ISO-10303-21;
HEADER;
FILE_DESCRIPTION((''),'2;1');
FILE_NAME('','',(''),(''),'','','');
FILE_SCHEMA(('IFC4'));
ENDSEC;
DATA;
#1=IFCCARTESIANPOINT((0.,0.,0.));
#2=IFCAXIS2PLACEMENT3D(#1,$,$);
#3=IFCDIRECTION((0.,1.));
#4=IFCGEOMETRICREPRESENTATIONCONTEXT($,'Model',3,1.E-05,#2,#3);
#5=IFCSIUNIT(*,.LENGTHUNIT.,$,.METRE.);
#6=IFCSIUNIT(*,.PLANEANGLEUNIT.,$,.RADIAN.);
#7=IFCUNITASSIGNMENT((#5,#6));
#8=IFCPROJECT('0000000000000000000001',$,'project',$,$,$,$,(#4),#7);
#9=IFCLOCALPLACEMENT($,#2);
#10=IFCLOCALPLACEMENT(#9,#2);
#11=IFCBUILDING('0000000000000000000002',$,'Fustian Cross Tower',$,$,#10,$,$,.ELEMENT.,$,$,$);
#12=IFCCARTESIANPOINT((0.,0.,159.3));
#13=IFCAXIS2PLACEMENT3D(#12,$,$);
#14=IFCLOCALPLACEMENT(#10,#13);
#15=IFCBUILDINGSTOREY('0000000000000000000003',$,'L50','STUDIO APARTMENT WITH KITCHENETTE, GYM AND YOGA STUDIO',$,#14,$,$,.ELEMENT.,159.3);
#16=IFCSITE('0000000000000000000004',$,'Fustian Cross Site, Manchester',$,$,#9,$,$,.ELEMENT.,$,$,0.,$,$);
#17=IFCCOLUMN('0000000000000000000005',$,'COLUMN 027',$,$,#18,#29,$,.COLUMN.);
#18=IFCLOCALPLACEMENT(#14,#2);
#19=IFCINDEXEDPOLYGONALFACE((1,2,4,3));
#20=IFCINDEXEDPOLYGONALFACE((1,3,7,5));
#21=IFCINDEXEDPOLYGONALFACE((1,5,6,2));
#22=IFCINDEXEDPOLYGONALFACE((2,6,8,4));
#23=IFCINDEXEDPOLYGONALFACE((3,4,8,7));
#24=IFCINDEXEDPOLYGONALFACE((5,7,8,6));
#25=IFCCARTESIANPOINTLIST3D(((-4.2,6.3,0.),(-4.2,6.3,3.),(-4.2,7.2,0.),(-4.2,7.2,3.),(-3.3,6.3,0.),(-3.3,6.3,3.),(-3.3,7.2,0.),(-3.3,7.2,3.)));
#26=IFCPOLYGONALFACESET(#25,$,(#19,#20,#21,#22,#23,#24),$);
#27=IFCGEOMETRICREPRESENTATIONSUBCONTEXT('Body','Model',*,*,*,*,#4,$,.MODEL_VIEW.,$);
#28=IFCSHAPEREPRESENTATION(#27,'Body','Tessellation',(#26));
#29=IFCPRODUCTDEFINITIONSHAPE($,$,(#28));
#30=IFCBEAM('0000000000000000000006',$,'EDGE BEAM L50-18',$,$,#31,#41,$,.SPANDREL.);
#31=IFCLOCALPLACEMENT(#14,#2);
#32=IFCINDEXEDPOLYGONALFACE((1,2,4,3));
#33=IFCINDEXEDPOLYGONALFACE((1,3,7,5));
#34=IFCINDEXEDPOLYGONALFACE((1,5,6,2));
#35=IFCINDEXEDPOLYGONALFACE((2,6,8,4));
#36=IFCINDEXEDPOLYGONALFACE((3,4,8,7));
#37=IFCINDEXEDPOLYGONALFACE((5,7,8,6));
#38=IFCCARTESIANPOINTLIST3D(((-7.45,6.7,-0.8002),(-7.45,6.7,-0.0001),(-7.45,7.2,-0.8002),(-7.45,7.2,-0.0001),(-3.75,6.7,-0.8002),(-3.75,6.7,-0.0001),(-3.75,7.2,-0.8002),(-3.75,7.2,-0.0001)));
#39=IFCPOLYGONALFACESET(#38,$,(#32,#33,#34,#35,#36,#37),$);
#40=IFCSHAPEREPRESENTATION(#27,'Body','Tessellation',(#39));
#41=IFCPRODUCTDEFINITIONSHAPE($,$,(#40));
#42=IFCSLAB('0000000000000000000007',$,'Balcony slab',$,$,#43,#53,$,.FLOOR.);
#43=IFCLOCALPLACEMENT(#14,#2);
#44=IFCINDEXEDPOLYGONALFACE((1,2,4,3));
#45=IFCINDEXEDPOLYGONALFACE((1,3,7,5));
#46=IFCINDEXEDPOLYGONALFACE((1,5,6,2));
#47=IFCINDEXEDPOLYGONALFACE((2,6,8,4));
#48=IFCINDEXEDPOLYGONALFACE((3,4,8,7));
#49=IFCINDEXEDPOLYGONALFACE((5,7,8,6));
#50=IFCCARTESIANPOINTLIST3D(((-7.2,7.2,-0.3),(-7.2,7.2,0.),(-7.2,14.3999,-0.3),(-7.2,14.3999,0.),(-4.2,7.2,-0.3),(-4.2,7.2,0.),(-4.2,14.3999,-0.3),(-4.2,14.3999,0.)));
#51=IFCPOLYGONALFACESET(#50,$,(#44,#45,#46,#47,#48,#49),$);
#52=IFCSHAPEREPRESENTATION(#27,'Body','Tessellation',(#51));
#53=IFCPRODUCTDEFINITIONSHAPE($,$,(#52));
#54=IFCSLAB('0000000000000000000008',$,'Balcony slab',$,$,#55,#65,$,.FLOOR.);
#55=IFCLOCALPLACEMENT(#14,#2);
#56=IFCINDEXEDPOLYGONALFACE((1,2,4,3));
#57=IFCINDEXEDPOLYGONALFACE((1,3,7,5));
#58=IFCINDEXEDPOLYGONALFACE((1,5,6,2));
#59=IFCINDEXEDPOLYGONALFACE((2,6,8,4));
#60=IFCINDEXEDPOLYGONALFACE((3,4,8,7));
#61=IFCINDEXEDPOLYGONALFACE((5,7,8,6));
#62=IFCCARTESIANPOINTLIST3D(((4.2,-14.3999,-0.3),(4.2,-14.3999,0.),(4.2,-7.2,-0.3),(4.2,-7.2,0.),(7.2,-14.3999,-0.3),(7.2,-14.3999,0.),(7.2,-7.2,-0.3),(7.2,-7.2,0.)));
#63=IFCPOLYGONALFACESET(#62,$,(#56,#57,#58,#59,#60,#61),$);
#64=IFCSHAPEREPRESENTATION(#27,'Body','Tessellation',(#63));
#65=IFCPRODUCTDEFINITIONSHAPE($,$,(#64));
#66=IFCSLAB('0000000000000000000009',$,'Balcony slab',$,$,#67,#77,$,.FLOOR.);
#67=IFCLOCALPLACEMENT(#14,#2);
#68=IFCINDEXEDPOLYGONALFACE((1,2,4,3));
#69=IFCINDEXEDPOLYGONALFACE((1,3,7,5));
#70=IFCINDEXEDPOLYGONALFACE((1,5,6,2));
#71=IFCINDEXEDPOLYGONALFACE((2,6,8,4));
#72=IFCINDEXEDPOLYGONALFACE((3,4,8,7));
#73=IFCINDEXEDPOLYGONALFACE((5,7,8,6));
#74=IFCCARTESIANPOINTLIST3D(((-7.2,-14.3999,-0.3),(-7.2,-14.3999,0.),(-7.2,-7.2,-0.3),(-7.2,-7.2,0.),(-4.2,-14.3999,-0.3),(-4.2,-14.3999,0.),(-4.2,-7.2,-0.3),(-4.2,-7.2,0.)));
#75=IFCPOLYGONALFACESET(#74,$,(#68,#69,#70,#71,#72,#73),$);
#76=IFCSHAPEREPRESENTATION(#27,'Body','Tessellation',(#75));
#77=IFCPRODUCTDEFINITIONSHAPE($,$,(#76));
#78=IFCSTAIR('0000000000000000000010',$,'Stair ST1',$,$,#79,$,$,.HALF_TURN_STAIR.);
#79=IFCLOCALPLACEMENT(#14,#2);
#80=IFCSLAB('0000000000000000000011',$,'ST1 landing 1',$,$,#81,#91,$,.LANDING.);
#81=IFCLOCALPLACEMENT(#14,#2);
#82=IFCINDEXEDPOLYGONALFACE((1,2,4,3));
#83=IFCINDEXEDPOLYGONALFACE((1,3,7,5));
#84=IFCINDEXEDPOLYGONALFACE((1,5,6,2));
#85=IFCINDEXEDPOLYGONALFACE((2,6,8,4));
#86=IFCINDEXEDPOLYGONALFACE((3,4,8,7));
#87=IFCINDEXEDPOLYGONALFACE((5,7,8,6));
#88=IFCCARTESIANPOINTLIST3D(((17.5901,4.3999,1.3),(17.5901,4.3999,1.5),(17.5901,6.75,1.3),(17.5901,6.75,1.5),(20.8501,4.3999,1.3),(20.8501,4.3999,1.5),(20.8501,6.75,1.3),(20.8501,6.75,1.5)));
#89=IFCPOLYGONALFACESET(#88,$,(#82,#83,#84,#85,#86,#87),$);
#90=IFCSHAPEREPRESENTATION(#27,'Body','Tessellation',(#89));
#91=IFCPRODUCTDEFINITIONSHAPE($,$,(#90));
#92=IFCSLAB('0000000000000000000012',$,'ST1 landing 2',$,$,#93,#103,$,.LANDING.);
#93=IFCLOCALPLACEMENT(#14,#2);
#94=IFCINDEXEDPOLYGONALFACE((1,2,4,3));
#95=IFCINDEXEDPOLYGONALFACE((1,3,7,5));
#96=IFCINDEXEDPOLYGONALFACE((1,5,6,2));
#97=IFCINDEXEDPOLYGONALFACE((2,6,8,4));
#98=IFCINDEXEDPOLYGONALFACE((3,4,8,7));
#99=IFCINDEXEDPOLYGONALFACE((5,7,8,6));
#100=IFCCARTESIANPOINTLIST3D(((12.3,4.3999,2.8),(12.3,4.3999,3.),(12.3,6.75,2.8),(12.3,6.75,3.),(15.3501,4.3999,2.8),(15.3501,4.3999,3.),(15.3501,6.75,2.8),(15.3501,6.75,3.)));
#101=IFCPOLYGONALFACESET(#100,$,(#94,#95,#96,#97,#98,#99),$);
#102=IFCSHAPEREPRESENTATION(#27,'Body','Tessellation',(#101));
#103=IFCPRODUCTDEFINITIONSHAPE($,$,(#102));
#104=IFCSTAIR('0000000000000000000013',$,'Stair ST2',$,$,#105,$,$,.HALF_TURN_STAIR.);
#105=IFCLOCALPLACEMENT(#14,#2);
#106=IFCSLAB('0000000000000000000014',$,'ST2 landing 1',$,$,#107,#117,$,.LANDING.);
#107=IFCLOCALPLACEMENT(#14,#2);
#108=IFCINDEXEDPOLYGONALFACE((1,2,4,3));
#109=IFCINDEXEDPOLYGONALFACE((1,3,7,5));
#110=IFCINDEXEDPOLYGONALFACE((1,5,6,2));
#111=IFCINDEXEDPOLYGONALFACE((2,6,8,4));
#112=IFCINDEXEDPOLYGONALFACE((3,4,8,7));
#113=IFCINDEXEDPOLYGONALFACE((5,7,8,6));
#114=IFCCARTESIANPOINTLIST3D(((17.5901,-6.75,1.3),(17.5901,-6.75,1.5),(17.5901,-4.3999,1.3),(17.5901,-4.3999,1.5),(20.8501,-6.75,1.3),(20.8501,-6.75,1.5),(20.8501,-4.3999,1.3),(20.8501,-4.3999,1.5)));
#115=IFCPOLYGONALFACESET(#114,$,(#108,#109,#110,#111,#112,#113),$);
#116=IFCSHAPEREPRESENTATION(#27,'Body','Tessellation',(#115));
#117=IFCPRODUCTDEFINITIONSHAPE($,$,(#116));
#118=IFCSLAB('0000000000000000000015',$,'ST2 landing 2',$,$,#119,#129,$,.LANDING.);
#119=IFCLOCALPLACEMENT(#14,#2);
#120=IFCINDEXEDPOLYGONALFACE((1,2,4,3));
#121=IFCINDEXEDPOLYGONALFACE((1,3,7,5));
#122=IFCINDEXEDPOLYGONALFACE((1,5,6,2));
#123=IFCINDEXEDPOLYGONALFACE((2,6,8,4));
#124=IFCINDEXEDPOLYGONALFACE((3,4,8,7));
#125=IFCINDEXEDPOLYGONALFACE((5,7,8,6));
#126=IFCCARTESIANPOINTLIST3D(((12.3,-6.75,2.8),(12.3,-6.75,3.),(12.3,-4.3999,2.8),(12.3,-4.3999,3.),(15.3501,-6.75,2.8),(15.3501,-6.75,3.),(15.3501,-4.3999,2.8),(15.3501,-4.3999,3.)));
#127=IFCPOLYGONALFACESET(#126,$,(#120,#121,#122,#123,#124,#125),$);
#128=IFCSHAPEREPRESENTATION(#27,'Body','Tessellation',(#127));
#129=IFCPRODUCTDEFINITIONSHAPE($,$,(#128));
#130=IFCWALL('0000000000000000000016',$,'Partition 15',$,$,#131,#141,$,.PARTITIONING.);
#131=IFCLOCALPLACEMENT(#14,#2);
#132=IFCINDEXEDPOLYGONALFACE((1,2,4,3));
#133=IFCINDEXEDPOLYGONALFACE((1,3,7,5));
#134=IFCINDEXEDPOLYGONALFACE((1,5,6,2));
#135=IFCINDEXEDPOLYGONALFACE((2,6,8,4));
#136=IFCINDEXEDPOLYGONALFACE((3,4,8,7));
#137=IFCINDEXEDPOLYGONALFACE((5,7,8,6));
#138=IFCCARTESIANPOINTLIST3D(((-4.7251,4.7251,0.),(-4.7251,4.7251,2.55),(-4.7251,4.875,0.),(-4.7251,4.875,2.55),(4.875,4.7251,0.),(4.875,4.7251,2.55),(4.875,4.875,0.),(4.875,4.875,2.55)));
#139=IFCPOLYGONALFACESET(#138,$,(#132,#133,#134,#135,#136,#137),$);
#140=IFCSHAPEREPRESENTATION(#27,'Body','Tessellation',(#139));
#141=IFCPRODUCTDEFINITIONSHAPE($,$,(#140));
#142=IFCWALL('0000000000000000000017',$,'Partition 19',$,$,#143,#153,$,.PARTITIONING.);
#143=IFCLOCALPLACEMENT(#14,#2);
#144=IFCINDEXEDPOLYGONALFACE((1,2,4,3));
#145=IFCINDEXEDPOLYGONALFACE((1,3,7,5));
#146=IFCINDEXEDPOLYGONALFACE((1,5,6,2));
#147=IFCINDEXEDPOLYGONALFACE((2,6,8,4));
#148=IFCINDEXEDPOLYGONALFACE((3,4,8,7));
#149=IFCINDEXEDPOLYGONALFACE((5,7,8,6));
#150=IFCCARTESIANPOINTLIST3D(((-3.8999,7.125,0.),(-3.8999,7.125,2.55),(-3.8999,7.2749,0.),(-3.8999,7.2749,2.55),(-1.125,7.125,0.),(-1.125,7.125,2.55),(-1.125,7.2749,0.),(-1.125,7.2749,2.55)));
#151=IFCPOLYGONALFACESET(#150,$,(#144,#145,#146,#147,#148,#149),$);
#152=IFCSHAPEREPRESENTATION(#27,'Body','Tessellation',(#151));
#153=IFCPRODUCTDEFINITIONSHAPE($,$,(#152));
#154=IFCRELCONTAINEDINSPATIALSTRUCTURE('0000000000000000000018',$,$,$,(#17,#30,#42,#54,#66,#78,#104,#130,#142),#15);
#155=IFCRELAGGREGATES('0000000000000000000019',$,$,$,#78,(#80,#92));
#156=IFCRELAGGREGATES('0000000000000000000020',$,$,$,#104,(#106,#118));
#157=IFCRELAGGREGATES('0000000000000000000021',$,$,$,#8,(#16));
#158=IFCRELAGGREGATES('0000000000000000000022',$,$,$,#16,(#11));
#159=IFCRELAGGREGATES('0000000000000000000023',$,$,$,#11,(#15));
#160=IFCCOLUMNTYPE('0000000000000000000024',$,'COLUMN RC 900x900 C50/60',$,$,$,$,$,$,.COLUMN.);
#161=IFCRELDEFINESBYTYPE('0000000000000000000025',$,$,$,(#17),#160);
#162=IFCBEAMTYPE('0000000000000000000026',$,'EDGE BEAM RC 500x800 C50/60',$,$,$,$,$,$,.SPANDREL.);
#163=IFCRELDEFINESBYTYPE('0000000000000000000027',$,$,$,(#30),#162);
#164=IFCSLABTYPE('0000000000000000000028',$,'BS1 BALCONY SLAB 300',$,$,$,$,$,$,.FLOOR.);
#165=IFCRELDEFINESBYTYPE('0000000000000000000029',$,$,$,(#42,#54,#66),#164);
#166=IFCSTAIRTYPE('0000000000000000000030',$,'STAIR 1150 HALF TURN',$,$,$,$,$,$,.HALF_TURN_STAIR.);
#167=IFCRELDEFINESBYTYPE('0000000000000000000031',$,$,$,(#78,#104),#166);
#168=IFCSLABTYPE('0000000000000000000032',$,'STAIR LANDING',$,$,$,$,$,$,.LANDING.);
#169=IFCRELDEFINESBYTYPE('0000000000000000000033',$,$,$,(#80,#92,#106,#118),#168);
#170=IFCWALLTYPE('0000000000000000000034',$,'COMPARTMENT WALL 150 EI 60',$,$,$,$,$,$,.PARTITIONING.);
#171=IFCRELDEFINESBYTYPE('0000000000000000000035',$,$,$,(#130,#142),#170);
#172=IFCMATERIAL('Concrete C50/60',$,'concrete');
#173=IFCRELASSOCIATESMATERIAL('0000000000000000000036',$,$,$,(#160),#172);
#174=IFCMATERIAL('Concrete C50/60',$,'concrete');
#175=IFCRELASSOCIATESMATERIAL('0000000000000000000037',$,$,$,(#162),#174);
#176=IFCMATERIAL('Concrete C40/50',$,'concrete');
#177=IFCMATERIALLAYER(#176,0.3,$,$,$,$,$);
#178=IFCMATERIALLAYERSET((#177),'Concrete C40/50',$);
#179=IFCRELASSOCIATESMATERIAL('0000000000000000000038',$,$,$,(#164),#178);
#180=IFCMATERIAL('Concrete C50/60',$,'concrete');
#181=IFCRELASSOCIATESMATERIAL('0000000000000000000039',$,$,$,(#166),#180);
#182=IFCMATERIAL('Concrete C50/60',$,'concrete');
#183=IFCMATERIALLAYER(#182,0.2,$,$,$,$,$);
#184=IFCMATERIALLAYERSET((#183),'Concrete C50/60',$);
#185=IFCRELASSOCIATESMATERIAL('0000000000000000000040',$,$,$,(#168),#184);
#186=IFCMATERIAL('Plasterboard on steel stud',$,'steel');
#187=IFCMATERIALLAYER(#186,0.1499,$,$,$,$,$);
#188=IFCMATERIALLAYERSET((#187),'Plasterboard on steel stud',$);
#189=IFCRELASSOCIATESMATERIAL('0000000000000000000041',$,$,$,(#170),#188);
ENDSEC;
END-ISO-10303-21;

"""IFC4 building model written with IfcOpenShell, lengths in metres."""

from ifc_helpers import new_model, si_unit, direction, frame, frame_2d, origin, origin_2d, place, context, subcontext, project, spatial, polyline, rectangle, outline, extrude, material, layer, layer_set, material_profile, profile_set, type_object, element, aggregate, save


model = new_model("IFC4")

# Units and contexts
model_context = context("Model", 3, precision=1e-05, world=origin(), true_north=direction((0.0, 1.0)))
body_context = subcontext(model_context, "Body", "Model", "MODEL_VIEW")
ifc_project = project(units=[si_unit("LENGTHUNIT", "METRE"), si_unit("PLANEANGLEUNIT", "RADIAN")], contexts=[model_context])

# Site, building, storey
site_placement = place(None, origin())
site = spatial("IfcSite", under=ifc_project, at=site_placement, Name="Fustian Cross Site, Manchester", CompositionType="ELEMENT", RefElevation=0.0)
building_placement = place(site_placement, origin())
building = spatial("IfcBuilding", under=site, at=building_placement, Name="Fustian Cross Tower", CompositionType="ELEMENT")
storey_placement = place(building_placement, frame((0.0, 0.0, 159.3)))
storey = spatial("IfcBuildingStorey", under=building, at=storey_placement, Name="L50", Description="STUDIO APARTMENT WITH KITCHENETTE, GYM AND YOGA STUDIO", CompositionType="ELEMENT", Elevation=159.3)

# Column
ifc_material_1 = material(Name="Concrete C50/60", Category="concrete")
ifc_material_profile_1 = material_profile(ifc_material_1, rectangle(XDim=0.8999, YDim=0.8999, at=origin_2d()), Name="RC 900x900")
ifc_profile_set_1 = profile_set([ifc_material_profile_1], Name="Concrete C50/60")
column_type = type_object("IfcColumnType", Name="COLUMN RC 900x900 C50/60", PredefinedType="COLUMN", material=ifc_profile_set_1)
column_placement = place(storey_placement, frame((-3.75, 6.75, 0.0), z_axis=(0.0, 0.0, 1.0), x_axis=(1.0, 0.0, 0.0)))
element("IfcColumn", 1, at=column_placement, inside=storey, type_object=column_type, Name="COLUMN 027", PredefinedType="COLUMN", context=body_context, shape_type="SweptSolid", body=[
    extrude(rectangle(XDim=0.8999, YDim=0.8999, at=origin_2d()), origin(), (0.0, 0.0, 1.0), 3.0),
])

# Beam
ifc_material_2 = material(Name="Concrete C50/60", Category="concrete")
ifc_material_profile_2 = material_profile(ifc_material_2, rectangle(XDim=0.5, YDim=0.8, at=origin_2d()), Name="RC 500x800")
ifc_profile_set_2 = profile_set([ifc_material_profile_2], Name="Concrete C50/60")
beam_type = type_object("IfcBeamType", Name="EDGE BEAM RC 500x800 C50/60", PredefinedType="SPANDREL", material=ifc_profile_set_2)
beam_placement = place(storey_placement, frame((-3.75, 6.95, -0.4001), z_axis=(-1.0, 0.0, 0.0), x_axis=(0.0, -1.0, 0.0)))
element("IfcBeam", 2, at=beam_placement, inside=storey, type_object=beam_type, Name="EDGE BEAM L50-18", PredefinedType="SPANDREL", context=body_context, shape_type="SweptSolid", body=[
    extrude(rectangle(XDim=0.5, YDim=0.8, at=origin_2d()), origin(), (0.0, 0.0, 1.0), 3.7),
])

# Slabs
ifc_material_3 = material(Name="Concrete C40/50", Category="concrete")
ifc_layer_1 = layer(ifc_material_3, 0.3)
ifc_layer_set_1 = layer_set([ifc_layer_1], Name="Concrete C40/50")
slab_type_1 = type_object("IfcSlabType", Name="BS1 BALCONY SLAB 300", PredefinedType="FLOOR", material=ifc_layer_set_1)
slab_1_placement = place(storey_placement, frame((0.0, 0.0, -0.3)))
element("IfcSlab", 3, at=slab_1_placement, inside=storey, type_object=slab_type_1, Name="Balcony slab", PredefinedType="FLOOR", context=body_context, shape_type="SweptSolid", body=[
    extrude(outline(polyline([(-7.2, 7.2), (-4.2, 7.2), (-4.2, 14.3999), (-7.2, 14.3999), (-7.2, 7.2)])), origin(), (0.0, 0.0, 1.0), 0.3),
])
slab_2_placement = place(storey_placement, frame((0.0, 0.0, -0.3)))
element("IfcSlab", 4, at=slab_2_placement, inside=storey, type_object=slab_type_1, Name="Balcony slab", PredefinedType="FLOOR", context=body_context, shape_type="SweptSolid", body=[
    extrude(outline(polyline([(4.2, -14.3999), (7.2, -14.3999), (7.2, -7.2), (4.2, -7.2), (4.2, -14.3999)])), origin(), (0.0, 0.0, 1.0), 0.3),
])
slab_3_placement = place(storey_placement, frame((0.0, 0.0, -0.3)))
element("IfcSlab", 5, at=slab_3_placement, inside=storey, type_object=slab_type_1, Name="Balcony slab", PredefinedType="FLOOR", context=body_context, shape_type="SweptSolid", body=[
    extrude(outline(polyline([(-7.2, -14.3999), (-4.2, -14.3999), (-4.2, -7.2), (-7.2, -7.2), (-7.2, -14.3999)])), origin(), (0.0, 0.0, 1.0), 0.3),
])

# Stairs, slabs
ifc_material_4 = material(Name="Concrete C50/60", Category="concrete")
stair_type = type_object("IfcStairType", Name="STAIR 1150 HALF TURN", PredefinedType="HALF_TURN_STAIR", material=ifc_material_4)
stair_1_placement = place(storey_placement, origin())
stair_1 = element("IfcStair", 6, at=stair_1_placement, inside=storey, type_object=stair_type, Name="Stair ST1", PredefinedType="HALF_TURN_STAIR")
ifc_material_5 = material(Name="Concrete C50/60", Category="concrete")
ifc_layer_2 = layer(ifc_material_5, 0.2)
ifc_layer_set_2 = layer_set([ifc_layer_2], Name="Concrete C50/60")
slab_type_2 = type_object("IfcSlabType", Name="STAIR LANDING", PredefinedType="LANDING", material=ifc_layer_set_2)
slab_4_placement = place(storey_placement, frame((0.0, 0.0, 1.3)))
slab_4 = element("IfcSlab", 7, at=slab_4_placement, type_object=slab_type_2, Name="ST1 landing 1", PredefinedType="LANDING", context=body_context, shape_type="SweptSolid", body=[
    extrude(outline(polyline([(17.5901, 4.3999), (20.8501, 4.3999), (20.8501, 6.75), (17.5901, 6.75), (17.5901, 4.3999)])), origin(), (0.0, 0.0, 1.0), 0.2),
])
slab_5_placement = place(storey_placement, frame((0.0, 0.0, 2.8)))
slab_5 = element("IfcSlab", 8, at=slab_5_placement, type_object=slab_type_2, Name="ST1 landing 2", PredefinedType="LANDING", context=body_context, shape_type="SweptSolid", body=[
    extrude(outline(polyline([(12.3, 4.3999), (15.3501, 4.3999), (15.3501, 6.75), (12.3, 6.75), (12.3, 4.3999)])), origin(), (0.0, 0.0, 1.0), 0.2),
])
aggregate(stair_1, [slab_4, slab_5])
stair_2_placement = place(storey_placement, origin())
stair_2 = element("IfcStair", 9, at=stair_2_placement, inside=storey, type_object=stair_type, Name="Stair ST2", PredefinedType="HALF_TURN_STAIR")
slab_6_placement = place(storey_placement, frame((0.0, 0.0, 1.3)))
slab_6 = element("IfcSlab", 10, at=slab_6_placement, type_object=slab_type_2, Name="ST2 landing 1", PredefinedType="LANDING", context=body_context, shape_type="SweptSolid", body=[
    extrude(outline(polyline([(17.5901, -4.3999), (20.8501, -4.3999), (20.8501, -6.75), (17.5901, -6.75), (17.5901, -4.3999)])), origin(), (0.0, 0.0, 1.0), 0.2),
])
slab_7_placement = place(storey_placement, frame((0.0, 0.0, 2.8)))
slab_7 = element("IfcSlab", 11, at=slab_7_placement, type_object=slab_type_2, Name="ST2 landing 2", PredefinedType="LANDING", context=body_context, shape_type="SweptSolid", body=[
    extrude(outline(polyline([(12.3, -4.3999), (15.3501, -4.3999), (15.3501, -6.75), (12.3, -6.75), (12.3, -4.3999)])), origin(), (0.0, 0.0, 1.0), 0.2),
])
aggregate(stair_2, [slab_6, slab_7])

# Walls
ifc_material_6 = material(Name="Plasterboard on steel stud", Category="steel")
ifc_layer_3 = layer(ifc_material_6, 0.1499)
ifc_layer_set_3 = layer_set([ifc_layer_3], Name="Plasterboard on steel stud")
wall_type_1 = type_object("IfcWallType", Name="COMPARTMENT WALL 150 EI 60", PredefinedType="PARTITIONING", material=ifc_layer_set_3)
wall_1_placement = place(storey_placement, frame((-4.7251, 4.8, 0.0), z_axis=(0.0, 0.0, 1.0), x_axis=(1.0, 0.0, 0.0)))
element("IfcWall", 12, at=wall_1_placement, inside=storey, type_object=wall_type_1, Name="Partition 15", PredefinedType="PARTITIONING", context=body_context, shape_type="SweptSolid", body=[
    extrude(rectangle(XDim=9.6001, YDim=0.1499, at=frame_2d((4.8, 0.0))), origin(), (0.0, 0.0, 1.0), 2.55),
])
wall_2_placement = place(storey_placement, frame((-3.8999, 7.2, 0.0), z_axis=(0.0, 0.0, 1.0), x_axis=(1.0, 0.0, 0.0)))
element("IfcWall", 13, at=wall_2_placement, inside=storey, type_object=wall_type_1, Name="Partition 19", PredefinedType="PARTITIONING", context=body_context, shape_type="SweptSolid", body=[
    extrude(rectangle(XDim=2.7749, YDim=0.1499, at=frame_2d((1.3875, 0.0))), origin(), (0.0, 0.0, 1.0), 2.55),
])

save(model, "model.ifc")
